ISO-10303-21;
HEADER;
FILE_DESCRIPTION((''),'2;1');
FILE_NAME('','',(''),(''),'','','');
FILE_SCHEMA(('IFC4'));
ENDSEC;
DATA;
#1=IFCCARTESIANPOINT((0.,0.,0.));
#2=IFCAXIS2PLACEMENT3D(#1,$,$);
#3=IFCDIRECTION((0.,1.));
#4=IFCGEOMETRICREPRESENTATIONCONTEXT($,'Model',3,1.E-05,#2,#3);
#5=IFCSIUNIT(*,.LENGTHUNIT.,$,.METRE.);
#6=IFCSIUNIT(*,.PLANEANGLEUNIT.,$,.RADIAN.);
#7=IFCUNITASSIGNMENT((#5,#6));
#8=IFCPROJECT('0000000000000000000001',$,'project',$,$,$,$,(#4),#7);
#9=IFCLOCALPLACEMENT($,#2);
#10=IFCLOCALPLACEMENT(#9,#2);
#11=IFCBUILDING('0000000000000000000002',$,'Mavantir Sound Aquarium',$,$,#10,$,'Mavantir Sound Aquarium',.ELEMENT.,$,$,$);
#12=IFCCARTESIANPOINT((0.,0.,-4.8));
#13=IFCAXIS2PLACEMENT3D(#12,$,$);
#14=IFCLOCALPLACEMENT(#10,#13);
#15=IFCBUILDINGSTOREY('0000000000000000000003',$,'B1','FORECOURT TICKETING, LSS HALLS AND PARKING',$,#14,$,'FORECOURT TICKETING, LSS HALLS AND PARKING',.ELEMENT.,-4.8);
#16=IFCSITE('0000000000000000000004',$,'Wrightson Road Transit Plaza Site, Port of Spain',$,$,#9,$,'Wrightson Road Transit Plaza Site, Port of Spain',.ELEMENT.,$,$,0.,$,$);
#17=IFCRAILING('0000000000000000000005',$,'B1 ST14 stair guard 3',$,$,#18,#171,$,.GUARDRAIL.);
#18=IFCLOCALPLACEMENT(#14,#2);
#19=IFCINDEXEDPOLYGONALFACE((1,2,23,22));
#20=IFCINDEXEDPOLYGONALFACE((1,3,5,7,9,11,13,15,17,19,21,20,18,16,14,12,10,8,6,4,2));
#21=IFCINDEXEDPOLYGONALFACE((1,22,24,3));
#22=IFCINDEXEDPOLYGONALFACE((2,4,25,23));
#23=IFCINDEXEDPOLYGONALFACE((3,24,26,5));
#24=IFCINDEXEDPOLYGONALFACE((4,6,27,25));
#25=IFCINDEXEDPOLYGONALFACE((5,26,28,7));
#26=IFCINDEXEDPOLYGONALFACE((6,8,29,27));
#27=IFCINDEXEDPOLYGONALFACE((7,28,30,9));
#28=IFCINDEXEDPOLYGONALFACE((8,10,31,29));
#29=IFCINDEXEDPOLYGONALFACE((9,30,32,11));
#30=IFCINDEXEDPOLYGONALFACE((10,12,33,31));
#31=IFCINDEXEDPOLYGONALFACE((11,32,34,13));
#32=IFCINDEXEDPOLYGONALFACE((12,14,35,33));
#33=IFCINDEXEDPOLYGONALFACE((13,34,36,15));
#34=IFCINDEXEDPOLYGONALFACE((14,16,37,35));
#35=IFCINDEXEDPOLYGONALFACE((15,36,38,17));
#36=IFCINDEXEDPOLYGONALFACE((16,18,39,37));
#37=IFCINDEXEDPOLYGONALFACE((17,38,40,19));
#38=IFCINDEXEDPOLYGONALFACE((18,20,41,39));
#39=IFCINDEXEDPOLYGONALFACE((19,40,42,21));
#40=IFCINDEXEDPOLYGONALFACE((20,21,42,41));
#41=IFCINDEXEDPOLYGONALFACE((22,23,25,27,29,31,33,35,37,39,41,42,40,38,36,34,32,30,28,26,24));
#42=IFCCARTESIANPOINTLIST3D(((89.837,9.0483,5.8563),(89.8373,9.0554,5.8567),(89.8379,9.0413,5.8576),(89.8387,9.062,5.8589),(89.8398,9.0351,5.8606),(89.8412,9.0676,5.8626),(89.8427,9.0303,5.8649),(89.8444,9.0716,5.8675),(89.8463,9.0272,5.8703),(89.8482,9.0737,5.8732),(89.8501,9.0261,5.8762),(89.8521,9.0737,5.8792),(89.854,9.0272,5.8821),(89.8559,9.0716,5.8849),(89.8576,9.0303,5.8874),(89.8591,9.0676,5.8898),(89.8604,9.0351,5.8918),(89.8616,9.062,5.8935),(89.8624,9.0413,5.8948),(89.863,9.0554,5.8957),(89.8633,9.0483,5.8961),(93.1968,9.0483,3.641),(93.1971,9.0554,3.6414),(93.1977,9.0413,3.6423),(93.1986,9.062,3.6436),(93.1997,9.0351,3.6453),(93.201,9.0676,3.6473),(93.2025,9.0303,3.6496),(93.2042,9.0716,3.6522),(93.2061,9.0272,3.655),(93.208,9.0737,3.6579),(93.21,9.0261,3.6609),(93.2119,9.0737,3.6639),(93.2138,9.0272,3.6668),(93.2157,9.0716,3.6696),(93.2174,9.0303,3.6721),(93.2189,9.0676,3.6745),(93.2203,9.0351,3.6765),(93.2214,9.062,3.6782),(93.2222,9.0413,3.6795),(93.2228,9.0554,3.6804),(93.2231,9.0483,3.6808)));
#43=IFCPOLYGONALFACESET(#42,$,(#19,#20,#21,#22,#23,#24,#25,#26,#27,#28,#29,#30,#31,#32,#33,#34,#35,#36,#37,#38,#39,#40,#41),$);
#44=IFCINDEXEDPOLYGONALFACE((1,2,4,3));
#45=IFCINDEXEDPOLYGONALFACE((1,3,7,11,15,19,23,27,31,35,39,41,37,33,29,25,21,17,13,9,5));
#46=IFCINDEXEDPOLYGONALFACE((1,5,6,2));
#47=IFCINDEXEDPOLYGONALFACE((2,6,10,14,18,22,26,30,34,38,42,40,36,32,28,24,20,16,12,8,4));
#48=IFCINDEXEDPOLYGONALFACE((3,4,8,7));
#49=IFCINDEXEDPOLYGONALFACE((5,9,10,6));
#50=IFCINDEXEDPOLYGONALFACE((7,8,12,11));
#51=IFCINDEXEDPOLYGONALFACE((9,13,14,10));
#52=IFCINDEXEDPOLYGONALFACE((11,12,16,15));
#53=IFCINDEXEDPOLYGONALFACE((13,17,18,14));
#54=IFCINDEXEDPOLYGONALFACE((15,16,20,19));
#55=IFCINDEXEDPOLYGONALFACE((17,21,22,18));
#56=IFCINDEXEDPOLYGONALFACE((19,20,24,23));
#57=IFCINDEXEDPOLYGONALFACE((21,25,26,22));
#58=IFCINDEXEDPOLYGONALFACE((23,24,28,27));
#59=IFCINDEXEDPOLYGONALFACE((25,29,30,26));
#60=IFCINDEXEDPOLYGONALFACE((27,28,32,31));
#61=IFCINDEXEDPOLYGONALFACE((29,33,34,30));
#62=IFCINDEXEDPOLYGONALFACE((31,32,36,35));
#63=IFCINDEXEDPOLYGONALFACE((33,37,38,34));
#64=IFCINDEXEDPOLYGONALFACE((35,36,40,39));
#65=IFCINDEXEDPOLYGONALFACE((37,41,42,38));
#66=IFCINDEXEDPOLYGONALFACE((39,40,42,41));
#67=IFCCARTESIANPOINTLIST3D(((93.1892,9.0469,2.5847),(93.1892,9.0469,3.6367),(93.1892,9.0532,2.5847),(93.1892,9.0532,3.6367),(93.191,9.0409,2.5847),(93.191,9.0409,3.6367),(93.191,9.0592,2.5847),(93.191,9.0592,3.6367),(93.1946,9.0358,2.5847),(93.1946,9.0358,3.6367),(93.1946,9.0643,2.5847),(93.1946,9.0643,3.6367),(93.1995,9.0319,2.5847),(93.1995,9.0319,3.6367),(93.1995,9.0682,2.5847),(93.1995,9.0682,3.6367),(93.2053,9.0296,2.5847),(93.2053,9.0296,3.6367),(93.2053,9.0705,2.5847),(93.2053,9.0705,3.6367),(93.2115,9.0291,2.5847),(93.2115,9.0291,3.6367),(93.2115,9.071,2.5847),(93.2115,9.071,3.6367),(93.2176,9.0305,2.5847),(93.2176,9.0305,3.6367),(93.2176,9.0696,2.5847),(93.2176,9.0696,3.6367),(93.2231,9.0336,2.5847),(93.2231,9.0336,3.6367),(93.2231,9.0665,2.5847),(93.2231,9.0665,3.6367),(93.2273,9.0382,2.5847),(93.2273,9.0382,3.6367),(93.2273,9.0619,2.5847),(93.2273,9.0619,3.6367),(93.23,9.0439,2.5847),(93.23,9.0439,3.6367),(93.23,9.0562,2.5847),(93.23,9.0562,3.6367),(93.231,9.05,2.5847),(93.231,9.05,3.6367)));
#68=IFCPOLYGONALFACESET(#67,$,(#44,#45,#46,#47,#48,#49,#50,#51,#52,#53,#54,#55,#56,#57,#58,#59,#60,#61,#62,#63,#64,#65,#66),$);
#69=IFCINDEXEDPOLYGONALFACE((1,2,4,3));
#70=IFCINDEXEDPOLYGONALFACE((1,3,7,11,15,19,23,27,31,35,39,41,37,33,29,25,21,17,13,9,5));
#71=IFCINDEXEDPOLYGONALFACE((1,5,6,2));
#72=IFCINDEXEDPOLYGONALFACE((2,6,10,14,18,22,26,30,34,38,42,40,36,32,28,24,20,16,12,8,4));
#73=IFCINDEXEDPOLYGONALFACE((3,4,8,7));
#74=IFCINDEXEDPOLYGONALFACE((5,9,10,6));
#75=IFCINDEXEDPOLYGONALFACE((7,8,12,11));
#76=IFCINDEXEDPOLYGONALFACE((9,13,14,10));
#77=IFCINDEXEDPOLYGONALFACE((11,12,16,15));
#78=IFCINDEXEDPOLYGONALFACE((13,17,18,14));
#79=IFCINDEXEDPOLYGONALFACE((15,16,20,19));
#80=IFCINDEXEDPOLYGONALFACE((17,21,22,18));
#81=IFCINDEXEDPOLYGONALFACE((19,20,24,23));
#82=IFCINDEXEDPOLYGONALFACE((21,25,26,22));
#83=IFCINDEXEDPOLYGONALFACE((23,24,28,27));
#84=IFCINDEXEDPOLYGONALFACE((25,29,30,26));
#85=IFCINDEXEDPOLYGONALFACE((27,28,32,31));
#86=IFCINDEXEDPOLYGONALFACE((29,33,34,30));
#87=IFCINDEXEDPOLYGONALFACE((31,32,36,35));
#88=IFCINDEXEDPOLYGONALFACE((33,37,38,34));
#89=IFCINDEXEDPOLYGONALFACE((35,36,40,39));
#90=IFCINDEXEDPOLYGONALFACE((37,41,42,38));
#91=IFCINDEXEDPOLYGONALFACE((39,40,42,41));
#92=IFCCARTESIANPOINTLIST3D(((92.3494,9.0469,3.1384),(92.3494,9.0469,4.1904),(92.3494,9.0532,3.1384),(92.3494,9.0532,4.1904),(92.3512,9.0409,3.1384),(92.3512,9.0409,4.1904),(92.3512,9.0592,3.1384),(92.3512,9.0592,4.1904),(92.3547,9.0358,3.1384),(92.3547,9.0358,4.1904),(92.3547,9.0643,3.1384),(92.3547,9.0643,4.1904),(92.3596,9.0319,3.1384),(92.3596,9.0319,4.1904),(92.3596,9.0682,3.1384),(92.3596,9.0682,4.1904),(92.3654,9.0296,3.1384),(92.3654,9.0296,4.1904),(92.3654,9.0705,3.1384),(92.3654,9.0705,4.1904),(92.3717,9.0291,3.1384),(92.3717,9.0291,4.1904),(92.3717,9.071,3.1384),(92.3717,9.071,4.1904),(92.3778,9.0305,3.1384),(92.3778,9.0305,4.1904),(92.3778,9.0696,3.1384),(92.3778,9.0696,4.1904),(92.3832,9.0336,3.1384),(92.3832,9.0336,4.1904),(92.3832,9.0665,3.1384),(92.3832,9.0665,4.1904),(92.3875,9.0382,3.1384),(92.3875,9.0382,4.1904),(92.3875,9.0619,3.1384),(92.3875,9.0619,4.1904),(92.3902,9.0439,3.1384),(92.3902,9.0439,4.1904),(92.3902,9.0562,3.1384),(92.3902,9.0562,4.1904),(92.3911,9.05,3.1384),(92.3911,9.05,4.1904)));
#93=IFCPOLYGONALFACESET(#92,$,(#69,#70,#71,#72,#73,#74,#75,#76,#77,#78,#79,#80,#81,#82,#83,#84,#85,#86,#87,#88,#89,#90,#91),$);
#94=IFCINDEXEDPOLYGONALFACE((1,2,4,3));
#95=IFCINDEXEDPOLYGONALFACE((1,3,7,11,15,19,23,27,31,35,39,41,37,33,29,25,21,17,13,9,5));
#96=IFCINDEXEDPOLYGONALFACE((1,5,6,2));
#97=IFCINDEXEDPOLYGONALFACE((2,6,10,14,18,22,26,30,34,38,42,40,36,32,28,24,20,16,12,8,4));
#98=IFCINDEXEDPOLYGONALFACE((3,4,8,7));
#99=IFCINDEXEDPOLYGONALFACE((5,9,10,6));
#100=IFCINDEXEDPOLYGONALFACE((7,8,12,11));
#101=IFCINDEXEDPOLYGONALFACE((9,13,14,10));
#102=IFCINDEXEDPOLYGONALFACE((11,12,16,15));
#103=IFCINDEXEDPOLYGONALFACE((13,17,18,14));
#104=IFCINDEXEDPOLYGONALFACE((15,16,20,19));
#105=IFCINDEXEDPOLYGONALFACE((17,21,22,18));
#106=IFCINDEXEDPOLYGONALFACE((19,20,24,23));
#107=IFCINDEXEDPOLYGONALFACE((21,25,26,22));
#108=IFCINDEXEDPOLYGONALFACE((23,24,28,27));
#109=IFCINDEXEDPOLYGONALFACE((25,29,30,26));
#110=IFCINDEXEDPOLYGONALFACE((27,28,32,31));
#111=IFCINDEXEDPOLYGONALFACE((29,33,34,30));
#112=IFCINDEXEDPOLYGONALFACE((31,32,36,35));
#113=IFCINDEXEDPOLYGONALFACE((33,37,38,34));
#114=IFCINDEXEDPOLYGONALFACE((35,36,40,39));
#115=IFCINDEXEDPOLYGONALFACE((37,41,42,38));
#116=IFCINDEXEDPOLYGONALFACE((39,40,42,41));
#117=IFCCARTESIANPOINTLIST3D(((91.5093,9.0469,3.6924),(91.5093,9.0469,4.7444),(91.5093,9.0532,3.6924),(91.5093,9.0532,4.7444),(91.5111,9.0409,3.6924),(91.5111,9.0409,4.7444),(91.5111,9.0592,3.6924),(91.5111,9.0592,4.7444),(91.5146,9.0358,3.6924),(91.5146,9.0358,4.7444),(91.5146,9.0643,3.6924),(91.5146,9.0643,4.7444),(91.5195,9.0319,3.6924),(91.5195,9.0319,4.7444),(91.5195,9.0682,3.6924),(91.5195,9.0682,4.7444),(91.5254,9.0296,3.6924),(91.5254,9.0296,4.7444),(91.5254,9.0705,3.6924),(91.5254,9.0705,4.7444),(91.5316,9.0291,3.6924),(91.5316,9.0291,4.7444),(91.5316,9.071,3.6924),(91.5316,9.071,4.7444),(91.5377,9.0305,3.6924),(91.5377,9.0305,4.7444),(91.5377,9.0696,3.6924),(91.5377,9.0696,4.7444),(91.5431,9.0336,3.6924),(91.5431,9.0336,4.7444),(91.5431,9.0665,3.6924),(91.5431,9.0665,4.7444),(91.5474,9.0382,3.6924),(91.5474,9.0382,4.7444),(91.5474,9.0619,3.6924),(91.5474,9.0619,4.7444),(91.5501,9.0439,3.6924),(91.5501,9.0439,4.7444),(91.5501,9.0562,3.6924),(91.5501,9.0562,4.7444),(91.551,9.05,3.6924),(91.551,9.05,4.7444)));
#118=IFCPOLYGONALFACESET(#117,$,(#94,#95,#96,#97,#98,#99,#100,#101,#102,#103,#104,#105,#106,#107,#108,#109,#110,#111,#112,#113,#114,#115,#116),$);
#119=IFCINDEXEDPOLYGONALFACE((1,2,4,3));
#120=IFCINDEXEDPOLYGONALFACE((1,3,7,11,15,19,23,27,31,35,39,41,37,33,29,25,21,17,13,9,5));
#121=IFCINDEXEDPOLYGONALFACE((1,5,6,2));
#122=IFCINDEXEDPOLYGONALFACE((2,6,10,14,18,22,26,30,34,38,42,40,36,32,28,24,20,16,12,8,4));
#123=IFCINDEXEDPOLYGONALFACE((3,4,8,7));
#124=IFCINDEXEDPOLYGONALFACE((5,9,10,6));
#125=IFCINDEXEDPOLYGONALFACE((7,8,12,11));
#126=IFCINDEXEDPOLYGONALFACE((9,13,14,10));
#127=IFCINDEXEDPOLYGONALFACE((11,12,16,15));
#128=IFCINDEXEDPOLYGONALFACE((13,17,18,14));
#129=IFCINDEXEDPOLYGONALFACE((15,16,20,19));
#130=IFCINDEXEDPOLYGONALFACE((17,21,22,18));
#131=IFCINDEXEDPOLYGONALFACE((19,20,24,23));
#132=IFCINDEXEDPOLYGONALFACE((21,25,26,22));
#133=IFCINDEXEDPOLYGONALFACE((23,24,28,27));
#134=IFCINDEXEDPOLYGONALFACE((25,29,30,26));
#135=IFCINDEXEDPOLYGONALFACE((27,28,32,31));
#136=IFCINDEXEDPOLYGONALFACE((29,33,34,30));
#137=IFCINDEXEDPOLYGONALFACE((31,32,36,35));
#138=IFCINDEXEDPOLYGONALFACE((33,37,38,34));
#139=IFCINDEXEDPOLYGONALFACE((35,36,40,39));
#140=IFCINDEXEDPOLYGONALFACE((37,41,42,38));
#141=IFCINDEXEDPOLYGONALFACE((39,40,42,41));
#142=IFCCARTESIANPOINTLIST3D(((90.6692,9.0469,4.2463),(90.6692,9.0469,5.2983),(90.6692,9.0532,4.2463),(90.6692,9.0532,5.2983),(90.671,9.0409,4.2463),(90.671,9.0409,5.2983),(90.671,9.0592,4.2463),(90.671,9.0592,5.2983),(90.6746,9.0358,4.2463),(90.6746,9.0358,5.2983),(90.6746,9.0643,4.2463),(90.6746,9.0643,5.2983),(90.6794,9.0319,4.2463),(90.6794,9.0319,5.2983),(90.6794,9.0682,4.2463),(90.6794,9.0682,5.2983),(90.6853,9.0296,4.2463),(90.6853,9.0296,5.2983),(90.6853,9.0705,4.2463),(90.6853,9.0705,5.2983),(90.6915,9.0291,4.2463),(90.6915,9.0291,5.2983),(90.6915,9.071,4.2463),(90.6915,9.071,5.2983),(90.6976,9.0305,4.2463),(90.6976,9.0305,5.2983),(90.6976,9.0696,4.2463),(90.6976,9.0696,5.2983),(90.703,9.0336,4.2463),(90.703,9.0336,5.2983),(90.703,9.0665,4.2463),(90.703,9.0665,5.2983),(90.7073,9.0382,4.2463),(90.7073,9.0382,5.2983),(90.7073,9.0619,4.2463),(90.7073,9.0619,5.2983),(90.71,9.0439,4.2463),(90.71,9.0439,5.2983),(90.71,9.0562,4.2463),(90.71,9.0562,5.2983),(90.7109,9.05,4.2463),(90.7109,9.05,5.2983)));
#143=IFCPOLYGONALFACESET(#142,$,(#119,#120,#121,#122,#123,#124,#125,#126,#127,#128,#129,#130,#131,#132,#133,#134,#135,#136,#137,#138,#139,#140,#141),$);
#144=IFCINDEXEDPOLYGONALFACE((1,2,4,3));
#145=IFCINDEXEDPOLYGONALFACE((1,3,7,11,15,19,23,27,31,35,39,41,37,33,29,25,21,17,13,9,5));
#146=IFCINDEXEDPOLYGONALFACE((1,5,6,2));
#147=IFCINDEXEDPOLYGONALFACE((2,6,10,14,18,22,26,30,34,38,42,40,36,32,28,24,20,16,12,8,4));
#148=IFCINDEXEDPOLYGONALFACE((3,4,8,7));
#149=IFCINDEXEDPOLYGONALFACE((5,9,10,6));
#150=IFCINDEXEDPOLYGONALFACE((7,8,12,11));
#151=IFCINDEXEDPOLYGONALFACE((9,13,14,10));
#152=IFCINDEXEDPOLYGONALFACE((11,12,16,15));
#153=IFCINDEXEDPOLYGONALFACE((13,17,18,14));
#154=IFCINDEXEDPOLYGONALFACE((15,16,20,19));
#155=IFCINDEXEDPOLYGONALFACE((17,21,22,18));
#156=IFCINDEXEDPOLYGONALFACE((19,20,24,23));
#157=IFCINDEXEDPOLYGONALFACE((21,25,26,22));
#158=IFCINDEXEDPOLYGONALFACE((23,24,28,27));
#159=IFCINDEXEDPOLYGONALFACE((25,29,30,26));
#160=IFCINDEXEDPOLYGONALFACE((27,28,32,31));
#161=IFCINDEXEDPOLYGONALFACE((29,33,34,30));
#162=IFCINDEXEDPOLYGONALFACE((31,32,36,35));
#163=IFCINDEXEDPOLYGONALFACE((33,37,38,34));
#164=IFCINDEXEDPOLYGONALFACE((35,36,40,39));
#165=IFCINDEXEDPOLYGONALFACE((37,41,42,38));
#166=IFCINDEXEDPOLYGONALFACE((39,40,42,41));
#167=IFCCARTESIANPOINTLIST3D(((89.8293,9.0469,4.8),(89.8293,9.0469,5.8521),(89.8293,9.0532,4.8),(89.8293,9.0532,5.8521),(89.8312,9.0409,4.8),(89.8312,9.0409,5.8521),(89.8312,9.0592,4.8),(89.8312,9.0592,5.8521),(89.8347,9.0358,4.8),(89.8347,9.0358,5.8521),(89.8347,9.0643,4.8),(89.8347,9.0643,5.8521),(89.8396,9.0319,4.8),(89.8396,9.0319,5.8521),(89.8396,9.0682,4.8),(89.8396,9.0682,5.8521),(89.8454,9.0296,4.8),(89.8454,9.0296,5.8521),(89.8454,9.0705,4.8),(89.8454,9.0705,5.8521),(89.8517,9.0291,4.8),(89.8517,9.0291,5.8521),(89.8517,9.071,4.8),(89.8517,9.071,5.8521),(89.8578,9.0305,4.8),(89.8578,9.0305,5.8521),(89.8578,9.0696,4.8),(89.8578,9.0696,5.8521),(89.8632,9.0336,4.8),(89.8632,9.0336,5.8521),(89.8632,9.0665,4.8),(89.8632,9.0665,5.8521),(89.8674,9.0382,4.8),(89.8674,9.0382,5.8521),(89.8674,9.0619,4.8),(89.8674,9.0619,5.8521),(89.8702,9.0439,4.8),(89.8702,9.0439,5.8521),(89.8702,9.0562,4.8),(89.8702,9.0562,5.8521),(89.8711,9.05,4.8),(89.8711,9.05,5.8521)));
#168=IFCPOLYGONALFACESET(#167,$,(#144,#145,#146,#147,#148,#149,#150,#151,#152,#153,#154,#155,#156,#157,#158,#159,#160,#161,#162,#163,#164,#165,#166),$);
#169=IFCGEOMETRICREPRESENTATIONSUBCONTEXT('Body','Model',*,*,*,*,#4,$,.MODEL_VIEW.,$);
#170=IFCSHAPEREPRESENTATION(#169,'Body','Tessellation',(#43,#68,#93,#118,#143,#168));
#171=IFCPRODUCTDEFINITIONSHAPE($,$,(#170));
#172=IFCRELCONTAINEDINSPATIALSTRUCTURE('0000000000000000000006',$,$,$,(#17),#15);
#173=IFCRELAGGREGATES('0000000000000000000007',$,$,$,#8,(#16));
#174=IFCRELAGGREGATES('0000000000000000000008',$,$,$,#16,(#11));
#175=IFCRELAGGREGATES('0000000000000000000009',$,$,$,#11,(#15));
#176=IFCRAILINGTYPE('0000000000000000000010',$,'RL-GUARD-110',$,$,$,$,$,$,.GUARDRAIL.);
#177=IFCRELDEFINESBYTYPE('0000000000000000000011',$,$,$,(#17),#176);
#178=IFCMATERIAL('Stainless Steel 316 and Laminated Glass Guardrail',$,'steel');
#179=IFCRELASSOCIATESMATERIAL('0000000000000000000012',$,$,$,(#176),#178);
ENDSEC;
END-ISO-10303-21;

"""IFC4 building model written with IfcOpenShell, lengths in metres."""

from ifc_helpers import new_model, si_unit, direction, frame, origin, origin_2d, place, context, subcontext, project, spatial, circle, extrude, material, type_object, element, save


model = new_model("IFC4")

# Units and contexts
model_context = context("Model", 3, precision=1e-05, world=origin(), true_north=direction((0.0, 1.0)))
body_context = subcontext(model_context, "Body", "Model", "MODEL_VIEW")
ifc_project = project(units=[si_unit("LENGTHUNIT", "METRE"), si_unit("PLANEANGLEUNIT", "RADIAN")], contexts=[model_context])

# Site, building, storey
site_placement = place(None, origin())
site = spatial("IfcSite", under=ifc_project, at=site_placement, Name="Wrightson Road Transit Plaza Site, Port of Spain", LongName="Wrightson Road Transit Plaza Site, Port of Spain", CompositionType="ELEMENT", RefElevation=0.0)
building_placement = place(site_placement, origin())
building = spatial("IfcBuilding", under=site, at=building_placement, Name="Mavantir Sound Aquarium", LongName="Mavantir Sound Aquarium", CompositionType="ELEMENT")
storey_placement = place(building_placement, frame((0.0, 0.0, -4.8)))
storey = spatial("IfcBuildingStorey", under=building, at=storey_placement, Name="B1", Description="FORECOURT TICKETING, LSS HALLS AND PARKING", LongName="FORECOURT TICKETING, LSS HALLS AND PARKING", CompositionType="ELEMENT", Elevation=-4.8)

# Railing
ifc_material_1 = material(Name="Stainless Steel 316 and Laminated Glass Guardrail", Category="steel")
railing_type_1 = type_object("IfcRailingType", Name="RL-GUARD-110", PredefinedType="GUARDRAIL", material=ifc_material_1)
railing_1_placement = place(storey_placement, frame((93.21, 9.05, 2.5847)))
element("IfcRailing", 1, at=railing_1_placement, inside=storey, type_object=railing_type_1, Name="B1 ST14 stair guard 3", PredefinedType="GUARDRAIL", context=body_context, shape_type="SweptSolid", body=[
    extrude(circle(Radius=0.0239, at=origin_2d()), frame((0.0, 0.0, 1.0762), z_axis=(-0.834858, 0.0, 0.550465), x_axis=(0.0, -1.0, 0.0)), (0.0, 0.0, 1.0), 4.0244),
    extrude(circle(Radius=0.021, at=origin_2d()), origin(), (0.0, 0.0, 1.0), 1.052),
    extrude(circle(Radius=0.021, at=origin_2d()), frame((-0.8398, 0.0, 0.5537)), (0.0, 0.0, 1.0), 1.052),
    extrude(circle(Radius=0.021, at=origin_2d()), frame((-1.6799, 0.0, 1.1077)), (0.0, 0.0, 1.0), 1.052),
    extrude(circle(Radius=0.021, at=origin_2d()), frame((-2.52, 0.0, 1.6616)), (0.0, 0.0, 1.0), 1.052),
    extrude(circle(Radius=0.021, at=origin_2d()), frame((-3.3599, 0.0, 2.2153)), (0.0, 0.0, 1.0), 1.052),
])

save(model, "model.ifc")
